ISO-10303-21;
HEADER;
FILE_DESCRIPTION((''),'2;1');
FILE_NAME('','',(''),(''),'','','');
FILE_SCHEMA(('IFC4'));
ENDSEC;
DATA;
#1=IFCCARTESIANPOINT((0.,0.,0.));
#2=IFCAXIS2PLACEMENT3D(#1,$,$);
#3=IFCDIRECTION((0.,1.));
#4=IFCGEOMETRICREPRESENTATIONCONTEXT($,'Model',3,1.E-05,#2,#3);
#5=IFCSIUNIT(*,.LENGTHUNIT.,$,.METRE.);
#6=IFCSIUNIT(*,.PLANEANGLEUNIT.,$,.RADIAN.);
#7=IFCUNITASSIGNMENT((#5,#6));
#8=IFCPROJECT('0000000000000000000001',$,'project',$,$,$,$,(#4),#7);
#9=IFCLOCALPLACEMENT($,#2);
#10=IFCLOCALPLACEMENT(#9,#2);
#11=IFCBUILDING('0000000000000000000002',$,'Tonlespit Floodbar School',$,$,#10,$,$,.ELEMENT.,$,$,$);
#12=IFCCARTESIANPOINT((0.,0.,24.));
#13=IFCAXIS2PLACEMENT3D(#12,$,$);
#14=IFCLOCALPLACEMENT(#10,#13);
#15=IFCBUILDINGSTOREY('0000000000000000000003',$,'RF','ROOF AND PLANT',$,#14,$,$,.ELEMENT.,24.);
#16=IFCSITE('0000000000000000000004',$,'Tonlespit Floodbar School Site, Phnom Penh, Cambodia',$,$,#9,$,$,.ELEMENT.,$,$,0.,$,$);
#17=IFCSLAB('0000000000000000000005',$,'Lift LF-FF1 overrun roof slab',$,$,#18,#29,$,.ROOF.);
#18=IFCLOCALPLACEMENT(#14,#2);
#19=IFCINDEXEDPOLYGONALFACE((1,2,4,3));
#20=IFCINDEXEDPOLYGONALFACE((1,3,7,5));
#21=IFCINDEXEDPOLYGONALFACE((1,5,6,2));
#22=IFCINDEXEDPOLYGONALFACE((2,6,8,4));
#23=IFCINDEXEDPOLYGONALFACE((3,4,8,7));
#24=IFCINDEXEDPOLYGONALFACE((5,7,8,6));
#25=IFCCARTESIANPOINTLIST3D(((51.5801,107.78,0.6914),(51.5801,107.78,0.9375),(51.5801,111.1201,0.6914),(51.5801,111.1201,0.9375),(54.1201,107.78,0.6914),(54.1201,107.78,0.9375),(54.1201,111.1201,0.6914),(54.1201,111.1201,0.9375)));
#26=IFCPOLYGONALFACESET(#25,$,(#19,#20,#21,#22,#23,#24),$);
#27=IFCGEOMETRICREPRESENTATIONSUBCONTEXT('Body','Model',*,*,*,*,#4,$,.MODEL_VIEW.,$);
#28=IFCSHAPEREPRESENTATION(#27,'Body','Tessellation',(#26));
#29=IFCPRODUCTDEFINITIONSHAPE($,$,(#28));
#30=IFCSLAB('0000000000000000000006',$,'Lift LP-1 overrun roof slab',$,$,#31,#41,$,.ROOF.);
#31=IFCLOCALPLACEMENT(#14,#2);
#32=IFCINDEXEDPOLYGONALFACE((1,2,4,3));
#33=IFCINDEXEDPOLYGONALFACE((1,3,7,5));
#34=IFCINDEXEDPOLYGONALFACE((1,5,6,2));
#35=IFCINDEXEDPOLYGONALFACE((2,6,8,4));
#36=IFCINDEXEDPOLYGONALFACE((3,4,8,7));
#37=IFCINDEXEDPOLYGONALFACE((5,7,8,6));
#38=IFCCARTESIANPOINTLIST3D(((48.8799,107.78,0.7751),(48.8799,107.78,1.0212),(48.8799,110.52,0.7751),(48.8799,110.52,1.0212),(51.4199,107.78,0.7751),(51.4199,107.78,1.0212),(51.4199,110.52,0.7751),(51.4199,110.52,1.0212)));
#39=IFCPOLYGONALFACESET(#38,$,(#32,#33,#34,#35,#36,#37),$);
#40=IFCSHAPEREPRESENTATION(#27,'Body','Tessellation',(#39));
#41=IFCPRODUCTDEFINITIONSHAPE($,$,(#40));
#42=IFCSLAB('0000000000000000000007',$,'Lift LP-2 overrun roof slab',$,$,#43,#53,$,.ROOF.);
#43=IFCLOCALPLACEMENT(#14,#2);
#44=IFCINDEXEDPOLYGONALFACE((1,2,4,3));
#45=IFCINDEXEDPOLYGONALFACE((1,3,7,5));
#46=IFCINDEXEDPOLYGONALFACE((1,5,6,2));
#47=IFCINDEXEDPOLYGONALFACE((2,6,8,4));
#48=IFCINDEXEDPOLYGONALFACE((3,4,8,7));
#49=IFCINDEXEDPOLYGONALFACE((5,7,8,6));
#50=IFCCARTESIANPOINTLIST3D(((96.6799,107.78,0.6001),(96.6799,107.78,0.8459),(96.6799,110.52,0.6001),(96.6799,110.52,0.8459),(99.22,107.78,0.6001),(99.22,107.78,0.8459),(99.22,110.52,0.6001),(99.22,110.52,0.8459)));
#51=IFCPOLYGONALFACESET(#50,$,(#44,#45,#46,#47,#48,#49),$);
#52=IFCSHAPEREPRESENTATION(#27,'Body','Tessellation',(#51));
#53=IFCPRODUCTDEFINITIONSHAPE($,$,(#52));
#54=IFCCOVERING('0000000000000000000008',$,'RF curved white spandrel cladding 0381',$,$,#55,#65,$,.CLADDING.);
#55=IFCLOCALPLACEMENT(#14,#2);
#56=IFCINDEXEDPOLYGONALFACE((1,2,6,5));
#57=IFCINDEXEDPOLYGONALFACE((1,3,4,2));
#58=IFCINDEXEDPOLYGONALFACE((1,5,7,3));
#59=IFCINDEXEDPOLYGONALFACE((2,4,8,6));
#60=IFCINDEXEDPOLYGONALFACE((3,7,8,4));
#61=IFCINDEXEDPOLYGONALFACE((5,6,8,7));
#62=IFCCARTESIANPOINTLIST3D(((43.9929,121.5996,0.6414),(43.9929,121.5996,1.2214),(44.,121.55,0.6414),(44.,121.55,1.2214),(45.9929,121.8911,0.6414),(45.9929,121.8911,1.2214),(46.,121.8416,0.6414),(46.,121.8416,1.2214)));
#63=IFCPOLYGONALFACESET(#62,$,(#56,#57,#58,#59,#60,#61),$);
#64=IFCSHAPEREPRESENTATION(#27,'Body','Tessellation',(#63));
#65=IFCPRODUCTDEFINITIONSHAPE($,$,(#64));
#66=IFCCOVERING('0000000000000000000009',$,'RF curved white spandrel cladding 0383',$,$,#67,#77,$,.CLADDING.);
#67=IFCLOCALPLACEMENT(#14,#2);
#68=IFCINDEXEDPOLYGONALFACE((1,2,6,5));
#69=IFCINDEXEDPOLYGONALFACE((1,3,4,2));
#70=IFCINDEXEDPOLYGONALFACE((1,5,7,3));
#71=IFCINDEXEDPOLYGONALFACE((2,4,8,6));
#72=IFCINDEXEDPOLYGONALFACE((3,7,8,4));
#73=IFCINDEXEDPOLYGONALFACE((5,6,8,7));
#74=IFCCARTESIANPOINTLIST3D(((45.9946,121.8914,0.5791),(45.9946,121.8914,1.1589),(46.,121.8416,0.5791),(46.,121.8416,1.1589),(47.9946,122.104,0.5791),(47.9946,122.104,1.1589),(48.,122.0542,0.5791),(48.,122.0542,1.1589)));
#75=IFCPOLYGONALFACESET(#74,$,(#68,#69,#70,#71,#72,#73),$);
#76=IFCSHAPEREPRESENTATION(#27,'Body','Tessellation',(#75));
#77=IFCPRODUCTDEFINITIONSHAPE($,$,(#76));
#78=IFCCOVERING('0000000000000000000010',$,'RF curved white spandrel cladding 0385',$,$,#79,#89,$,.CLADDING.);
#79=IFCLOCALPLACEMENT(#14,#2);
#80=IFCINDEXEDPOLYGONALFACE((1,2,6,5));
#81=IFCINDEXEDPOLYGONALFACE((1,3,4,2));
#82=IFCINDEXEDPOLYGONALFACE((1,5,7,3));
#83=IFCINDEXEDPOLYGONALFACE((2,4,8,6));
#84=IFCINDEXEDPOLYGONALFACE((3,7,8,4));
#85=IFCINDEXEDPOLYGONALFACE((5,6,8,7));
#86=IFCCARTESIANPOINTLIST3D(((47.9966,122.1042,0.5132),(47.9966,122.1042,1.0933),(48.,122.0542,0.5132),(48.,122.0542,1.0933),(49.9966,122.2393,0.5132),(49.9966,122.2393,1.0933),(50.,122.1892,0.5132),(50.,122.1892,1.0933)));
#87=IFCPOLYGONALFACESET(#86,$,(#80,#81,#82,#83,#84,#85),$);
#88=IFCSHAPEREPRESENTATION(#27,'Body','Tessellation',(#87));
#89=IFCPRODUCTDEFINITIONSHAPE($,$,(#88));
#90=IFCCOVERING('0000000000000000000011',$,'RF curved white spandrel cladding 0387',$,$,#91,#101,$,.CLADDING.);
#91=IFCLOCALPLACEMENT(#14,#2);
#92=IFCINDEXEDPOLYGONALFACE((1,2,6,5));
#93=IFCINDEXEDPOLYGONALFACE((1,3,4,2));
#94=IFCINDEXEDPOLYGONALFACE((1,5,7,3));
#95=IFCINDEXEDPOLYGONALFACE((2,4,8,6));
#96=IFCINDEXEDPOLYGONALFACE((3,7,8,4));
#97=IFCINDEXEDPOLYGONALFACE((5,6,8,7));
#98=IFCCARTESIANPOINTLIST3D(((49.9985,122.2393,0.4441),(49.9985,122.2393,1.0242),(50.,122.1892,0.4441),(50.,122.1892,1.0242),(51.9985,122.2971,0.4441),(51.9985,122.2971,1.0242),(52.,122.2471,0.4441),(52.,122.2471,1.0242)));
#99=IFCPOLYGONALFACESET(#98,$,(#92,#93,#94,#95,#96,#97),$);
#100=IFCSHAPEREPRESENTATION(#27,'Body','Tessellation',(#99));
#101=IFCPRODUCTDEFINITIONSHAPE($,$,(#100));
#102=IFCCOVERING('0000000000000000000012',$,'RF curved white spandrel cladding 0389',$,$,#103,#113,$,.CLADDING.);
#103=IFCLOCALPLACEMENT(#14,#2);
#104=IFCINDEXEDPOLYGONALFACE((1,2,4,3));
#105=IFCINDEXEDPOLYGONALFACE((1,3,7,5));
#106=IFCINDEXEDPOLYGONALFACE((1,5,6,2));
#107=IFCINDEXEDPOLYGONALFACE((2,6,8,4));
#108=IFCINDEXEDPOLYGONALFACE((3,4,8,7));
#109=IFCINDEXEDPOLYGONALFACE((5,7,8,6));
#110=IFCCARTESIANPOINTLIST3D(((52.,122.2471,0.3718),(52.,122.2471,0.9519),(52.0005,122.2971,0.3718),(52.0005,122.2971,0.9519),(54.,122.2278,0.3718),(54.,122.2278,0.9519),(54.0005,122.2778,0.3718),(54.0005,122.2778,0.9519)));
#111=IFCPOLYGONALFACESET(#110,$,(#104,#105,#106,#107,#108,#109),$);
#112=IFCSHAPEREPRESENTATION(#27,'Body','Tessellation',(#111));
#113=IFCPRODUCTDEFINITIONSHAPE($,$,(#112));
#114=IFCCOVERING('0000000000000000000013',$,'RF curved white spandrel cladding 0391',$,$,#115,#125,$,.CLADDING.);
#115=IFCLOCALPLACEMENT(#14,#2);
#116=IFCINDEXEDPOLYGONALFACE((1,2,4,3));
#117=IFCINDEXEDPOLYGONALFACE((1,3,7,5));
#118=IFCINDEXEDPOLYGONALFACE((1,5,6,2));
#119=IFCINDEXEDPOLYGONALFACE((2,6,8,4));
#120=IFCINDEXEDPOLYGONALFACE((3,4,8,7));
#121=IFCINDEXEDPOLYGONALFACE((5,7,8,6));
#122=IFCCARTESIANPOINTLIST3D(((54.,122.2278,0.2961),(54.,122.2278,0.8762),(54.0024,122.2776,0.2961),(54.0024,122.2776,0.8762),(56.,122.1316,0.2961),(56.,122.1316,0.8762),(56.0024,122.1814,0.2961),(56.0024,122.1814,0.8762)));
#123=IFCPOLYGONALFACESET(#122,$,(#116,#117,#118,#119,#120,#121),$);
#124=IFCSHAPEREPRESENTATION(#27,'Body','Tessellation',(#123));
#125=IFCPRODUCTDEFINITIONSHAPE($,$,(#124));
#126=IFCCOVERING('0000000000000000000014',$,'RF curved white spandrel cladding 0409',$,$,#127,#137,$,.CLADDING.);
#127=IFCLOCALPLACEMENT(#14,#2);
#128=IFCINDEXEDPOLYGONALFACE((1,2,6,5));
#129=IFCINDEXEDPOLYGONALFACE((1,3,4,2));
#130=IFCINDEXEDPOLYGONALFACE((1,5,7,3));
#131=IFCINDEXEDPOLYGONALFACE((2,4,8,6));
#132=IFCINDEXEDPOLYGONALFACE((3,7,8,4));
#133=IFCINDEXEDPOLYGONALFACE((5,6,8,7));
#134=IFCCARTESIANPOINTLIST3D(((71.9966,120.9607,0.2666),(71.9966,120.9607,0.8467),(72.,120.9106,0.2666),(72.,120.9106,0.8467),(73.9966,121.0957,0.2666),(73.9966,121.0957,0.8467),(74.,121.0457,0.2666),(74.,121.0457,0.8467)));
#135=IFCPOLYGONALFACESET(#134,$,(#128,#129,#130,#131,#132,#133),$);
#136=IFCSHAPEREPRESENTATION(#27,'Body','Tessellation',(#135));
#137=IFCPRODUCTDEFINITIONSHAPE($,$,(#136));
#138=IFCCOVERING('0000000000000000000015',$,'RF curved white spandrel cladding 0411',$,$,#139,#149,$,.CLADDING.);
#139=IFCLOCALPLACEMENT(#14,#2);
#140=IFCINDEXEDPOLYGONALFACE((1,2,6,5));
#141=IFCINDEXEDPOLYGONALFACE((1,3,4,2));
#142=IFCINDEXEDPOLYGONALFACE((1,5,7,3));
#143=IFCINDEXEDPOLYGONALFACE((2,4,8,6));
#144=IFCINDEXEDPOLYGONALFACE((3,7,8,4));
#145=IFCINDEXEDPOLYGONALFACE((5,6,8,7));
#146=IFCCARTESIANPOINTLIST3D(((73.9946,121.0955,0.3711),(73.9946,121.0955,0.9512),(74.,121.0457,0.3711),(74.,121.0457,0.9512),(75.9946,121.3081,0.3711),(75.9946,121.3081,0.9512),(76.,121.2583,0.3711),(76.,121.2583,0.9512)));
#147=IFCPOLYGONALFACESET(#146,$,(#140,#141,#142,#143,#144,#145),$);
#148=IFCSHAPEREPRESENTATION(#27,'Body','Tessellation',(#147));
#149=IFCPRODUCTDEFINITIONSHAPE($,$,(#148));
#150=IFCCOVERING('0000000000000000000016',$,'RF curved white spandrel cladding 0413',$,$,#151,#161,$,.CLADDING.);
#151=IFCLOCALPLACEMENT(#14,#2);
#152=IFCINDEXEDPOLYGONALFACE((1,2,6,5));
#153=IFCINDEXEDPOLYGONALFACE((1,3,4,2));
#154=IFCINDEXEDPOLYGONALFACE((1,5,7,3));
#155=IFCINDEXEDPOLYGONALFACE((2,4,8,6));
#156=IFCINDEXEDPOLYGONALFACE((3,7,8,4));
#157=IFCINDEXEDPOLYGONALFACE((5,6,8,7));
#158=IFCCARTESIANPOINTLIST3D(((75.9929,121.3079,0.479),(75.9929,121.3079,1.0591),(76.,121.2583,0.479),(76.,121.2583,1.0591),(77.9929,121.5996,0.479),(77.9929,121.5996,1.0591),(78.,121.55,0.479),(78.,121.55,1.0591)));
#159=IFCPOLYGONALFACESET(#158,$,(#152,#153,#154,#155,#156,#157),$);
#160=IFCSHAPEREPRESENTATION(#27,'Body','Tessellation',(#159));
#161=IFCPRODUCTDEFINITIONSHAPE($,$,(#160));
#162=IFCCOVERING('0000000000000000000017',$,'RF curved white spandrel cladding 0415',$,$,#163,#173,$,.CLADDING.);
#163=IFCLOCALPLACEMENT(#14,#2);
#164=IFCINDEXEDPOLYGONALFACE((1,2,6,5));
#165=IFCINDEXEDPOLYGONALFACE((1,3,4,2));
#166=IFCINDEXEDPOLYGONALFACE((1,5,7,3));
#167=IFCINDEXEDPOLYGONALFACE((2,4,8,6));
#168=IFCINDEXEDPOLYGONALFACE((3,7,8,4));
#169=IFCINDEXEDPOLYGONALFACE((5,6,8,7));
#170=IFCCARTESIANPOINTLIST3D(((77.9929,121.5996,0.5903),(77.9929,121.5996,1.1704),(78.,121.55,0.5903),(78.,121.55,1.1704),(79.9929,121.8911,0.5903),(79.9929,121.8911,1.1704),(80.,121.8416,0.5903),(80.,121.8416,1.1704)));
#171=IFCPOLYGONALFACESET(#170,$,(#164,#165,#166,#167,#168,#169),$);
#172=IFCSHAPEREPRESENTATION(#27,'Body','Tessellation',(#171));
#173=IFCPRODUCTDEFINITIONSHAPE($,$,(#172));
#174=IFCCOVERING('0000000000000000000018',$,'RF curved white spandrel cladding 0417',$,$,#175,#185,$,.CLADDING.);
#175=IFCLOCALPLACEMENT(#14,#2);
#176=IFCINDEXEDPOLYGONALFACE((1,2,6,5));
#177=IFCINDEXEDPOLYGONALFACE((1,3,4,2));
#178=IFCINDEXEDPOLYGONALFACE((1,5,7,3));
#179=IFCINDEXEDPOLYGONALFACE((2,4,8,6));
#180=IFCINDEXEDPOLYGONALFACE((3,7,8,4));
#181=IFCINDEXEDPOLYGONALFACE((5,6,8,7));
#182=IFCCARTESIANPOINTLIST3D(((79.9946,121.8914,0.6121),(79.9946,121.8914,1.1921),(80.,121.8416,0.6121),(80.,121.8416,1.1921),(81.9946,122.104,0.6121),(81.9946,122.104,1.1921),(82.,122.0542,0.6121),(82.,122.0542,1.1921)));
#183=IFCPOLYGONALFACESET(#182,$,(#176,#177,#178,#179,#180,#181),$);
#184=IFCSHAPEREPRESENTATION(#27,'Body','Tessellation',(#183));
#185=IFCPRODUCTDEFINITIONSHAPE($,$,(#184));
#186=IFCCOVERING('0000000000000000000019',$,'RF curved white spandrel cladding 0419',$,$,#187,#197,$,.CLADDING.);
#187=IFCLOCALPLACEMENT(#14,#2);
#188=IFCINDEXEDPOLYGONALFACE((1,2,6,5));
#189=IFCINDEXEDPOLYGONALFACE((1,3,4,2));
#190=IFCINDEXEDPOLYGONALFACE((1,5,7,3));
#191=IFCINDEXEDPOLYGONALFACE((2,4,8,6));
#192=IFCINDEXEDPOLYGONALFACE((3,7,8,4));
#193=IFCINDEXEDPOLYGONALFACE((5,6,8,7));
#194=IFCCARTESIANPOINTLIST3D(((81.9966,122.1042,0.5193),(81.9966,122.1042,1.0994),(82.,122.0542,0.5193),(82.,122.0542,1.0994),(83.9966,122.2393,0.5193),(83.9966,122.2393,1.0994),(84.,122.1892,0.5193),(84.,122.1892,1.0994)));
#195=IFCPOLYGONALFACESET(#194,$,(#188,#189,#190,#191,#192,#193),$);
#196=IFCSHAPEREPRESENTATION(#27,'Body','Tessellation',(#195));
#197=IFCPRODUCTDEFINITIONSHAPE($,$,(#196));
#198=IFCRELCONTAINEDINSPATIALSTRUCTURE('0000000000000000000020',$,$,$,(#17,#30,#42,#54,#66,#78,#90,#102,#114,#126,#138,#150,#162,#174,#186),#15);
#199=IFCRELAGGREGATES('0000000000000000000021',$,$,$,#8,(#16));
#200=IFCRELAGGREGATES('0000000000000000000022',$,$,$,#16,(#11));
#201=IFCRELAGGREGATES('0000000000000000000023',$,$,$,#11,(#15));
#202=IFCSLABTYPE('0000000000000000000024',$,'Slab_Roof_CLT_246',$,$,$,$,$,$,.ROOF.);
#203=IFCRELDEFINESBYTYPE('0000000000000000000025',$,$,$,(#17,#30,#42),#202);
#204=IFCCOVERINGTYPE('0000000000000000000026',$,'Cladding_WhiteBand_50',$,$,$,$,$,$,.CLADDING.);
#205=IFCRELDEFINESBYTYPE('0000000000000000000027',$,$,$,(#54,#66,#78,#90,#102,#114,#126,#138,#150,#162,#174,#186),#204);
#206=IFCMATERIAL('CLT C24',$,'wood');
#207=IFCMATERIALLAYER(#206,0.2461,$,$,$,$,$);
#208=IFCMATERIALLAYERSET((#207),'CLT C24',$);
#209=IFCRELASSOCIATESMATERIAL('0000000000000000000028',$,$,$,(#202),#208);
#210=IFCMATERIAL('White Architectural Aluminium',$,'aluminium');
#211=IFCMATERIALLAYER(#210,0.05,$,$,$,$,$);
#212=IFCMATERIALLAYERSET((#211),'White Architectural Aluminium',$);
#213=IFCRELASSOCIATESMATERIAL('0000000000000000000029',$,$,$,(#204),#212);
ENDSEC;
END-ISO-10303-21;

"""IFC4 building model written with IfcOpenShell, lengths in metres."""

from ifc_helpers import new_model, si_unit, direction, frame, origin, place, context, subcontext, project, spatial, polyline, outline, extrude, material, layer, layer_set, type_object, element, save


model = new_model("IFC4")

# Units and contexts
model_context = context("Model", 3, precision=1e-05, world=origin(), true_north=direction((0.0, 1.0)))
body_context = subcontext(model_context, "Body", "Model", "MODEL_VIEW")
ifc_project = project(units=[si_unit("LENGTHUNIT", "METRE"), si_unit("PLANEANGLEUNIT", "RADIAN")], contexts=[model_context])

# Site, building, storey
site_placement = place(None, origin())
site = spatial("IfcSite", under=ifc_project, at=site_placement, Name="Tonlespit Floodbar School Site, Phnom Penh, Cambodia", CompositionType="ELEMENT", RefElevation=0.0)
building_placement = place(site_placement, origin())
building = spatial("IfcBuilding", under=site, at=building_placement, Name="Tonlespit Floodbar School", CompositionType="ELEMENT")
storey_placement = place(building_placement, frame((0.0, 0.0, 24.0)))
storey = spatial("IfcBuildingStorey", under=building, at=storey_placement, Name="RF", Description="ROOF AND PLANT", CompositionType="ELEMENT", Elevation=24.0)

# Slabs
ifc_material_1 = material(Name="CLT C24", Category="wood")
ifc_layer_1 = layer(ifc_material_1, 0.2461)
ifc_layer_set_1 = layer_set([ifc_layer_1], Name="CLT C24")
slab_type = type_object("IfcSlabType", Name="Slab_Roof_CLT_246", PredefinedType="ROOF", material=ifc_layer_set_1)
slab_1_placement = place(storey_placement, frame((0.0, 0.0, 0.6914)))
element("IfcSlab", 1, at=slab_1_placement, inside=storey, type_object=slab_type, Name="Lift LF-FF1 overrun roof slab", PredefinedType="ROOF", context=body_context, shape_type="SweptSolid", body=[
    extrude(outline(polyline([(51.5801, 107.78), (54.1201, 107.78), (54.1201, 111.1201), (51.5801, 111.1201), (51.5801, 107.78)])), origin(), (0.0, 0.0, 1.0), 0.2461),
])
slab_2_placement = place(storey_placement, frame((0.0, 0.0, 0.7751)))
element("IfcSlab", 2, at=slab_2_placement, inside=storey, type_object=slab_type, Name="Lift LP-1 overrun roof slab", PredefinedType="ROOF", context=body_context, shape_type="SweptSolid", body=[
    extrude(outline(polyline([(48.8799, 107.78), (51.4199, 107.78), (51.4199, 110.52), (48.8799, 110.52), (48.8799, 107.78)])), origin(), (0.0, 0.0, 1.0), 0.2461),
])
slab_3_placement = place(storey_placement, frame((0.0, 0.0, 0.6001)))
element("IfcSlab", 3, at=slab_3_placement, inside=storey, type_object=slab_type, Name="Lift LP-2 overrun roof slab", PredefinedType="ROOF", context=body_context, shape_type="SweptSolid", body=[
    extrude(outline(polyline([(96.6799, 107.78), (99.22, 107.78), (99.22, 110.52), (96.6799, 110.52), (96.6799, 107.78)])), origin(), (0.0, 0.0, 1.0), 0.2458),
])

# Coverings
ifc_material_2 = material(Name="White Architectural Aluminium", Category="aluminium")
ifc_layer_2 = layer(ifc_material_2, 0.05)
ifc_layer_set_2 = layer_set([ifc_layer_2], Name="White Architectural Aluminium")
covering_type = type_object("IfcCoveringType", Name="Cladding_WhiteBand_50", PredefinedType="CLADDING", material=ifc_layer_set_2)
covering_1_placement = place(storey_placement, frame((0.0, 0.0, 0.6414)))
element("IfcCovering", 4, at=covering_1_placement, inside=storey, type_object=covering_type, Name="RF curved white spandrel cladding 0381", PredefinedType="CLADDING", context=body_context, shape_type="SweptSolid", body=[
    extrude(outline(polyline([(44.0, 121.55), (46.0, 121.8416), (45.9929, 121.8911), (43.9929, 121.5996), (44.0, 121.55)])), origin(), (0.0, 0.0, 1.0), 0.5801),
])
covering_2_placement = place(storey_placement, frame((0.0, 0.0, 0.5791)))
element("IfcCovering", 5, at=covering_2_placement, inside=storey, type_object=covering_type, Name="RF curved white spandrel cladding 0383", PredefinedType="CLADDING", context=body_context, shape_type="SweptSolid", body=[
    extrude(outline(polyline([(46.0, 121.8416), (48.0, 122.0542), (47.9946, 122.104), (45.9946, 121.8914), (46.0, 121.8416)])), origin(), (0.0, 0.0, 1.0), 0.5798),
])
covering_3_placement = place(storey_placement, frame((0.0, 0.0, 0.5132)))
element("IfcCovering", 6, at=covering_3_placement, inside=storey, type_object=covering_type, Name="RF curved white spandrel cladding 0385", PredefinedType="CLADDING", context=body_context, shape_type="SweptSolid", body=[
    extrude(outline(polyline([(48.0, 122.0542), (50.0, 122.1892), (49.9966, 122.2393), (47.9966, 122.1042), (48.0, 122.0542)])), origin(), (0.0, 0.0, 1.0), 0.5801),
])
covering_4_placement = place(storey_placement, frame((0.0, 0.0, 0.4441)))
element("IfcCovering", 7, at=covering_4_placement, inside=storey, type_object=covering_type, Name="RF curved white spandrel cladding 0387", PredefinedType="CLADDING", context=body_context, shape_type="SweptSolid", body=[
    extrude(outline(polyline([(50.0, 122.1892), (52.0, 122.2471), (51.9985, 122.2971), (49.9985, 122.2393), (50.0, 122.1892)])), origin(), (0.0, 0.0, 1.0), 0.5801),
])
covering_5_placement = place(storey_placement, frame((0.0, 0.0, 0.3718)))
element("IfcCovering", 8, at=covering_5_placement, inside=storey, type_object=covering_type, Name="RF curved white spandrel cladding 0389", PredefinedType="CLADDING", context=body_context, shape_type="SweptSolid", body=[
    extrude(outline(polyline([(52.0, 122.2471), (54.0, 122.2278), (54.0005, 122.2778), (52.0005, 122.2971), (52.0, 122.2471)])), origin(), (0.0, 0.0, 1.0), 0.5801),
])
covering_6_placement = place(storey_placement, frame((0.0, 0.0, 0.2961)))
element("IfcCovering", 9, at=covering_6_placement, inside=storey, type_object=covering_type, Name="RF curved white spandrel cladding 0391", PredefinedType="CLADDING", context=body_context, shape_type="SweptSolid", body=[
    extrude(outline(polyline([(54.0, 122.2278), (56.0, 122.1316), (56.0024, 122.1814), (54.0024, 122.2776), (54.0, 122.2278)])), origin(), (0.0, 0.0, 1.0), 0.5801),
])
covering_7_placement = place(storey_placement, frame((0.0, 0.0, 0.2666)))
element("IfcCovering", 10, at=covering_7_placement, inside=storey, type_object=covering_type, Name="RF curved white spandrel cladding 0409", PredefinedType="CLADDING", context=body_context, shape_type="SweptSolid", body=[
    extrude(outline(polyline([(72.0, 120.9106), (74.0, 121.0457), (73.9966, 121.0957), (71.9966, 120.9607), (72.0, 120.9106)])), origin(), (0.0, 0.0, 1.0), 0.5801),
])
covering_8_placement = place(storey_placement, frame((0.0, 0.0, 0.3711)))
element("IfcCovering", 11, at=covering_8_placement, inside=storey, type_object=covering_type, Name="RF curved white spandrel cladding 0411", PredefinedType="CLADDING", context=body_context, shape_type="SweptSolid", body=[
    extrude(outline(polyline([(74.0, 121.0457), (76.0, 121.2583), (75.9946, 121.3081), (73.9946, 121.0955), (74.0, 121.0457)])), origin(), (0.0, 0.0, 1.0), 0.5801),
])
covering_9_placement = place(storey_placement, frame((0.0, 0.0, 0.479)))
element("IfcCovering", 12, at=covering_9_placement, inside=storey, type_object=covering_type, Name="RF curved white spandrel cladding 0413", PredefinedType="CLADDING", context=body_context, shape_type="SweptSolid", body=[
    extrude(outline(polyline([(76.0, 121.2583), (78.0, 121.55), (77.9929, 121.5996), (75.9929, 121.3079), (76.0, 121.2583)])), origin(), (0.0, 0.0, 1.0), 0.5801),
])
covering_10_placement = place(storey_placement, frame((0.0, 0.0, 0.5903)))
element("IfcCovering", 13, at=covering_10_placement, inside=storey, type_object=covering_type, Name="RF curved white spandrel cladding 0415", PredefinedType="CLADDING", context=body_context, shape_type="SweptSolid", body=[
    extrude(outline(polyline([(78.0, 121.55), (80.0, 121.8416), (79.9929, 121.8911), (77.9929, 121.5996), (78.0, 121.55)])), origin(), (0.0, 0.0, 1.0), 0.5801),
])
covering_11_placement = place(storey_placement, frame((0.0, 0.0, 0.6121)))
element("IfcCovering", 14, at=covering_11_placement, inside=storey, type_object=covering_type, Name="RF curved white spandrel cladding 0417", PredefinedType="CLADDING", context=body_context, shape_type="SweptSolid", body=[
    extrude(outline(polyline([(80.0, 121.8416), (82.0, 122.0542), (81.9946, 122.104), (79.9946, 121.8914), (80.0, 121.8416)])), origin(), (0.0, 0.0, 1.0), 0.5801),
])
covering_12_placement = place(storey_placement, frame((0.0, 0.0, 0.5193)))
element("IfcCovering", 15, at=covering_12_placement, inside=storey, type_object=covering_type, Name="RF curved white spandrel cladding 0419", PredefinedType="CLADDING", context=body_context, shape_type="SweptSolid", body=[
    extrude(outline(polyline([(82.0, 122.0542), (84.0, 122.1892), (83.9966, 122.2393), (81.9966, 122.1042), (82.0, 122.0542)])), origin(), (0.0, 0.0, 1.0), 0.5801),
])

save(model, "model.ifc")
